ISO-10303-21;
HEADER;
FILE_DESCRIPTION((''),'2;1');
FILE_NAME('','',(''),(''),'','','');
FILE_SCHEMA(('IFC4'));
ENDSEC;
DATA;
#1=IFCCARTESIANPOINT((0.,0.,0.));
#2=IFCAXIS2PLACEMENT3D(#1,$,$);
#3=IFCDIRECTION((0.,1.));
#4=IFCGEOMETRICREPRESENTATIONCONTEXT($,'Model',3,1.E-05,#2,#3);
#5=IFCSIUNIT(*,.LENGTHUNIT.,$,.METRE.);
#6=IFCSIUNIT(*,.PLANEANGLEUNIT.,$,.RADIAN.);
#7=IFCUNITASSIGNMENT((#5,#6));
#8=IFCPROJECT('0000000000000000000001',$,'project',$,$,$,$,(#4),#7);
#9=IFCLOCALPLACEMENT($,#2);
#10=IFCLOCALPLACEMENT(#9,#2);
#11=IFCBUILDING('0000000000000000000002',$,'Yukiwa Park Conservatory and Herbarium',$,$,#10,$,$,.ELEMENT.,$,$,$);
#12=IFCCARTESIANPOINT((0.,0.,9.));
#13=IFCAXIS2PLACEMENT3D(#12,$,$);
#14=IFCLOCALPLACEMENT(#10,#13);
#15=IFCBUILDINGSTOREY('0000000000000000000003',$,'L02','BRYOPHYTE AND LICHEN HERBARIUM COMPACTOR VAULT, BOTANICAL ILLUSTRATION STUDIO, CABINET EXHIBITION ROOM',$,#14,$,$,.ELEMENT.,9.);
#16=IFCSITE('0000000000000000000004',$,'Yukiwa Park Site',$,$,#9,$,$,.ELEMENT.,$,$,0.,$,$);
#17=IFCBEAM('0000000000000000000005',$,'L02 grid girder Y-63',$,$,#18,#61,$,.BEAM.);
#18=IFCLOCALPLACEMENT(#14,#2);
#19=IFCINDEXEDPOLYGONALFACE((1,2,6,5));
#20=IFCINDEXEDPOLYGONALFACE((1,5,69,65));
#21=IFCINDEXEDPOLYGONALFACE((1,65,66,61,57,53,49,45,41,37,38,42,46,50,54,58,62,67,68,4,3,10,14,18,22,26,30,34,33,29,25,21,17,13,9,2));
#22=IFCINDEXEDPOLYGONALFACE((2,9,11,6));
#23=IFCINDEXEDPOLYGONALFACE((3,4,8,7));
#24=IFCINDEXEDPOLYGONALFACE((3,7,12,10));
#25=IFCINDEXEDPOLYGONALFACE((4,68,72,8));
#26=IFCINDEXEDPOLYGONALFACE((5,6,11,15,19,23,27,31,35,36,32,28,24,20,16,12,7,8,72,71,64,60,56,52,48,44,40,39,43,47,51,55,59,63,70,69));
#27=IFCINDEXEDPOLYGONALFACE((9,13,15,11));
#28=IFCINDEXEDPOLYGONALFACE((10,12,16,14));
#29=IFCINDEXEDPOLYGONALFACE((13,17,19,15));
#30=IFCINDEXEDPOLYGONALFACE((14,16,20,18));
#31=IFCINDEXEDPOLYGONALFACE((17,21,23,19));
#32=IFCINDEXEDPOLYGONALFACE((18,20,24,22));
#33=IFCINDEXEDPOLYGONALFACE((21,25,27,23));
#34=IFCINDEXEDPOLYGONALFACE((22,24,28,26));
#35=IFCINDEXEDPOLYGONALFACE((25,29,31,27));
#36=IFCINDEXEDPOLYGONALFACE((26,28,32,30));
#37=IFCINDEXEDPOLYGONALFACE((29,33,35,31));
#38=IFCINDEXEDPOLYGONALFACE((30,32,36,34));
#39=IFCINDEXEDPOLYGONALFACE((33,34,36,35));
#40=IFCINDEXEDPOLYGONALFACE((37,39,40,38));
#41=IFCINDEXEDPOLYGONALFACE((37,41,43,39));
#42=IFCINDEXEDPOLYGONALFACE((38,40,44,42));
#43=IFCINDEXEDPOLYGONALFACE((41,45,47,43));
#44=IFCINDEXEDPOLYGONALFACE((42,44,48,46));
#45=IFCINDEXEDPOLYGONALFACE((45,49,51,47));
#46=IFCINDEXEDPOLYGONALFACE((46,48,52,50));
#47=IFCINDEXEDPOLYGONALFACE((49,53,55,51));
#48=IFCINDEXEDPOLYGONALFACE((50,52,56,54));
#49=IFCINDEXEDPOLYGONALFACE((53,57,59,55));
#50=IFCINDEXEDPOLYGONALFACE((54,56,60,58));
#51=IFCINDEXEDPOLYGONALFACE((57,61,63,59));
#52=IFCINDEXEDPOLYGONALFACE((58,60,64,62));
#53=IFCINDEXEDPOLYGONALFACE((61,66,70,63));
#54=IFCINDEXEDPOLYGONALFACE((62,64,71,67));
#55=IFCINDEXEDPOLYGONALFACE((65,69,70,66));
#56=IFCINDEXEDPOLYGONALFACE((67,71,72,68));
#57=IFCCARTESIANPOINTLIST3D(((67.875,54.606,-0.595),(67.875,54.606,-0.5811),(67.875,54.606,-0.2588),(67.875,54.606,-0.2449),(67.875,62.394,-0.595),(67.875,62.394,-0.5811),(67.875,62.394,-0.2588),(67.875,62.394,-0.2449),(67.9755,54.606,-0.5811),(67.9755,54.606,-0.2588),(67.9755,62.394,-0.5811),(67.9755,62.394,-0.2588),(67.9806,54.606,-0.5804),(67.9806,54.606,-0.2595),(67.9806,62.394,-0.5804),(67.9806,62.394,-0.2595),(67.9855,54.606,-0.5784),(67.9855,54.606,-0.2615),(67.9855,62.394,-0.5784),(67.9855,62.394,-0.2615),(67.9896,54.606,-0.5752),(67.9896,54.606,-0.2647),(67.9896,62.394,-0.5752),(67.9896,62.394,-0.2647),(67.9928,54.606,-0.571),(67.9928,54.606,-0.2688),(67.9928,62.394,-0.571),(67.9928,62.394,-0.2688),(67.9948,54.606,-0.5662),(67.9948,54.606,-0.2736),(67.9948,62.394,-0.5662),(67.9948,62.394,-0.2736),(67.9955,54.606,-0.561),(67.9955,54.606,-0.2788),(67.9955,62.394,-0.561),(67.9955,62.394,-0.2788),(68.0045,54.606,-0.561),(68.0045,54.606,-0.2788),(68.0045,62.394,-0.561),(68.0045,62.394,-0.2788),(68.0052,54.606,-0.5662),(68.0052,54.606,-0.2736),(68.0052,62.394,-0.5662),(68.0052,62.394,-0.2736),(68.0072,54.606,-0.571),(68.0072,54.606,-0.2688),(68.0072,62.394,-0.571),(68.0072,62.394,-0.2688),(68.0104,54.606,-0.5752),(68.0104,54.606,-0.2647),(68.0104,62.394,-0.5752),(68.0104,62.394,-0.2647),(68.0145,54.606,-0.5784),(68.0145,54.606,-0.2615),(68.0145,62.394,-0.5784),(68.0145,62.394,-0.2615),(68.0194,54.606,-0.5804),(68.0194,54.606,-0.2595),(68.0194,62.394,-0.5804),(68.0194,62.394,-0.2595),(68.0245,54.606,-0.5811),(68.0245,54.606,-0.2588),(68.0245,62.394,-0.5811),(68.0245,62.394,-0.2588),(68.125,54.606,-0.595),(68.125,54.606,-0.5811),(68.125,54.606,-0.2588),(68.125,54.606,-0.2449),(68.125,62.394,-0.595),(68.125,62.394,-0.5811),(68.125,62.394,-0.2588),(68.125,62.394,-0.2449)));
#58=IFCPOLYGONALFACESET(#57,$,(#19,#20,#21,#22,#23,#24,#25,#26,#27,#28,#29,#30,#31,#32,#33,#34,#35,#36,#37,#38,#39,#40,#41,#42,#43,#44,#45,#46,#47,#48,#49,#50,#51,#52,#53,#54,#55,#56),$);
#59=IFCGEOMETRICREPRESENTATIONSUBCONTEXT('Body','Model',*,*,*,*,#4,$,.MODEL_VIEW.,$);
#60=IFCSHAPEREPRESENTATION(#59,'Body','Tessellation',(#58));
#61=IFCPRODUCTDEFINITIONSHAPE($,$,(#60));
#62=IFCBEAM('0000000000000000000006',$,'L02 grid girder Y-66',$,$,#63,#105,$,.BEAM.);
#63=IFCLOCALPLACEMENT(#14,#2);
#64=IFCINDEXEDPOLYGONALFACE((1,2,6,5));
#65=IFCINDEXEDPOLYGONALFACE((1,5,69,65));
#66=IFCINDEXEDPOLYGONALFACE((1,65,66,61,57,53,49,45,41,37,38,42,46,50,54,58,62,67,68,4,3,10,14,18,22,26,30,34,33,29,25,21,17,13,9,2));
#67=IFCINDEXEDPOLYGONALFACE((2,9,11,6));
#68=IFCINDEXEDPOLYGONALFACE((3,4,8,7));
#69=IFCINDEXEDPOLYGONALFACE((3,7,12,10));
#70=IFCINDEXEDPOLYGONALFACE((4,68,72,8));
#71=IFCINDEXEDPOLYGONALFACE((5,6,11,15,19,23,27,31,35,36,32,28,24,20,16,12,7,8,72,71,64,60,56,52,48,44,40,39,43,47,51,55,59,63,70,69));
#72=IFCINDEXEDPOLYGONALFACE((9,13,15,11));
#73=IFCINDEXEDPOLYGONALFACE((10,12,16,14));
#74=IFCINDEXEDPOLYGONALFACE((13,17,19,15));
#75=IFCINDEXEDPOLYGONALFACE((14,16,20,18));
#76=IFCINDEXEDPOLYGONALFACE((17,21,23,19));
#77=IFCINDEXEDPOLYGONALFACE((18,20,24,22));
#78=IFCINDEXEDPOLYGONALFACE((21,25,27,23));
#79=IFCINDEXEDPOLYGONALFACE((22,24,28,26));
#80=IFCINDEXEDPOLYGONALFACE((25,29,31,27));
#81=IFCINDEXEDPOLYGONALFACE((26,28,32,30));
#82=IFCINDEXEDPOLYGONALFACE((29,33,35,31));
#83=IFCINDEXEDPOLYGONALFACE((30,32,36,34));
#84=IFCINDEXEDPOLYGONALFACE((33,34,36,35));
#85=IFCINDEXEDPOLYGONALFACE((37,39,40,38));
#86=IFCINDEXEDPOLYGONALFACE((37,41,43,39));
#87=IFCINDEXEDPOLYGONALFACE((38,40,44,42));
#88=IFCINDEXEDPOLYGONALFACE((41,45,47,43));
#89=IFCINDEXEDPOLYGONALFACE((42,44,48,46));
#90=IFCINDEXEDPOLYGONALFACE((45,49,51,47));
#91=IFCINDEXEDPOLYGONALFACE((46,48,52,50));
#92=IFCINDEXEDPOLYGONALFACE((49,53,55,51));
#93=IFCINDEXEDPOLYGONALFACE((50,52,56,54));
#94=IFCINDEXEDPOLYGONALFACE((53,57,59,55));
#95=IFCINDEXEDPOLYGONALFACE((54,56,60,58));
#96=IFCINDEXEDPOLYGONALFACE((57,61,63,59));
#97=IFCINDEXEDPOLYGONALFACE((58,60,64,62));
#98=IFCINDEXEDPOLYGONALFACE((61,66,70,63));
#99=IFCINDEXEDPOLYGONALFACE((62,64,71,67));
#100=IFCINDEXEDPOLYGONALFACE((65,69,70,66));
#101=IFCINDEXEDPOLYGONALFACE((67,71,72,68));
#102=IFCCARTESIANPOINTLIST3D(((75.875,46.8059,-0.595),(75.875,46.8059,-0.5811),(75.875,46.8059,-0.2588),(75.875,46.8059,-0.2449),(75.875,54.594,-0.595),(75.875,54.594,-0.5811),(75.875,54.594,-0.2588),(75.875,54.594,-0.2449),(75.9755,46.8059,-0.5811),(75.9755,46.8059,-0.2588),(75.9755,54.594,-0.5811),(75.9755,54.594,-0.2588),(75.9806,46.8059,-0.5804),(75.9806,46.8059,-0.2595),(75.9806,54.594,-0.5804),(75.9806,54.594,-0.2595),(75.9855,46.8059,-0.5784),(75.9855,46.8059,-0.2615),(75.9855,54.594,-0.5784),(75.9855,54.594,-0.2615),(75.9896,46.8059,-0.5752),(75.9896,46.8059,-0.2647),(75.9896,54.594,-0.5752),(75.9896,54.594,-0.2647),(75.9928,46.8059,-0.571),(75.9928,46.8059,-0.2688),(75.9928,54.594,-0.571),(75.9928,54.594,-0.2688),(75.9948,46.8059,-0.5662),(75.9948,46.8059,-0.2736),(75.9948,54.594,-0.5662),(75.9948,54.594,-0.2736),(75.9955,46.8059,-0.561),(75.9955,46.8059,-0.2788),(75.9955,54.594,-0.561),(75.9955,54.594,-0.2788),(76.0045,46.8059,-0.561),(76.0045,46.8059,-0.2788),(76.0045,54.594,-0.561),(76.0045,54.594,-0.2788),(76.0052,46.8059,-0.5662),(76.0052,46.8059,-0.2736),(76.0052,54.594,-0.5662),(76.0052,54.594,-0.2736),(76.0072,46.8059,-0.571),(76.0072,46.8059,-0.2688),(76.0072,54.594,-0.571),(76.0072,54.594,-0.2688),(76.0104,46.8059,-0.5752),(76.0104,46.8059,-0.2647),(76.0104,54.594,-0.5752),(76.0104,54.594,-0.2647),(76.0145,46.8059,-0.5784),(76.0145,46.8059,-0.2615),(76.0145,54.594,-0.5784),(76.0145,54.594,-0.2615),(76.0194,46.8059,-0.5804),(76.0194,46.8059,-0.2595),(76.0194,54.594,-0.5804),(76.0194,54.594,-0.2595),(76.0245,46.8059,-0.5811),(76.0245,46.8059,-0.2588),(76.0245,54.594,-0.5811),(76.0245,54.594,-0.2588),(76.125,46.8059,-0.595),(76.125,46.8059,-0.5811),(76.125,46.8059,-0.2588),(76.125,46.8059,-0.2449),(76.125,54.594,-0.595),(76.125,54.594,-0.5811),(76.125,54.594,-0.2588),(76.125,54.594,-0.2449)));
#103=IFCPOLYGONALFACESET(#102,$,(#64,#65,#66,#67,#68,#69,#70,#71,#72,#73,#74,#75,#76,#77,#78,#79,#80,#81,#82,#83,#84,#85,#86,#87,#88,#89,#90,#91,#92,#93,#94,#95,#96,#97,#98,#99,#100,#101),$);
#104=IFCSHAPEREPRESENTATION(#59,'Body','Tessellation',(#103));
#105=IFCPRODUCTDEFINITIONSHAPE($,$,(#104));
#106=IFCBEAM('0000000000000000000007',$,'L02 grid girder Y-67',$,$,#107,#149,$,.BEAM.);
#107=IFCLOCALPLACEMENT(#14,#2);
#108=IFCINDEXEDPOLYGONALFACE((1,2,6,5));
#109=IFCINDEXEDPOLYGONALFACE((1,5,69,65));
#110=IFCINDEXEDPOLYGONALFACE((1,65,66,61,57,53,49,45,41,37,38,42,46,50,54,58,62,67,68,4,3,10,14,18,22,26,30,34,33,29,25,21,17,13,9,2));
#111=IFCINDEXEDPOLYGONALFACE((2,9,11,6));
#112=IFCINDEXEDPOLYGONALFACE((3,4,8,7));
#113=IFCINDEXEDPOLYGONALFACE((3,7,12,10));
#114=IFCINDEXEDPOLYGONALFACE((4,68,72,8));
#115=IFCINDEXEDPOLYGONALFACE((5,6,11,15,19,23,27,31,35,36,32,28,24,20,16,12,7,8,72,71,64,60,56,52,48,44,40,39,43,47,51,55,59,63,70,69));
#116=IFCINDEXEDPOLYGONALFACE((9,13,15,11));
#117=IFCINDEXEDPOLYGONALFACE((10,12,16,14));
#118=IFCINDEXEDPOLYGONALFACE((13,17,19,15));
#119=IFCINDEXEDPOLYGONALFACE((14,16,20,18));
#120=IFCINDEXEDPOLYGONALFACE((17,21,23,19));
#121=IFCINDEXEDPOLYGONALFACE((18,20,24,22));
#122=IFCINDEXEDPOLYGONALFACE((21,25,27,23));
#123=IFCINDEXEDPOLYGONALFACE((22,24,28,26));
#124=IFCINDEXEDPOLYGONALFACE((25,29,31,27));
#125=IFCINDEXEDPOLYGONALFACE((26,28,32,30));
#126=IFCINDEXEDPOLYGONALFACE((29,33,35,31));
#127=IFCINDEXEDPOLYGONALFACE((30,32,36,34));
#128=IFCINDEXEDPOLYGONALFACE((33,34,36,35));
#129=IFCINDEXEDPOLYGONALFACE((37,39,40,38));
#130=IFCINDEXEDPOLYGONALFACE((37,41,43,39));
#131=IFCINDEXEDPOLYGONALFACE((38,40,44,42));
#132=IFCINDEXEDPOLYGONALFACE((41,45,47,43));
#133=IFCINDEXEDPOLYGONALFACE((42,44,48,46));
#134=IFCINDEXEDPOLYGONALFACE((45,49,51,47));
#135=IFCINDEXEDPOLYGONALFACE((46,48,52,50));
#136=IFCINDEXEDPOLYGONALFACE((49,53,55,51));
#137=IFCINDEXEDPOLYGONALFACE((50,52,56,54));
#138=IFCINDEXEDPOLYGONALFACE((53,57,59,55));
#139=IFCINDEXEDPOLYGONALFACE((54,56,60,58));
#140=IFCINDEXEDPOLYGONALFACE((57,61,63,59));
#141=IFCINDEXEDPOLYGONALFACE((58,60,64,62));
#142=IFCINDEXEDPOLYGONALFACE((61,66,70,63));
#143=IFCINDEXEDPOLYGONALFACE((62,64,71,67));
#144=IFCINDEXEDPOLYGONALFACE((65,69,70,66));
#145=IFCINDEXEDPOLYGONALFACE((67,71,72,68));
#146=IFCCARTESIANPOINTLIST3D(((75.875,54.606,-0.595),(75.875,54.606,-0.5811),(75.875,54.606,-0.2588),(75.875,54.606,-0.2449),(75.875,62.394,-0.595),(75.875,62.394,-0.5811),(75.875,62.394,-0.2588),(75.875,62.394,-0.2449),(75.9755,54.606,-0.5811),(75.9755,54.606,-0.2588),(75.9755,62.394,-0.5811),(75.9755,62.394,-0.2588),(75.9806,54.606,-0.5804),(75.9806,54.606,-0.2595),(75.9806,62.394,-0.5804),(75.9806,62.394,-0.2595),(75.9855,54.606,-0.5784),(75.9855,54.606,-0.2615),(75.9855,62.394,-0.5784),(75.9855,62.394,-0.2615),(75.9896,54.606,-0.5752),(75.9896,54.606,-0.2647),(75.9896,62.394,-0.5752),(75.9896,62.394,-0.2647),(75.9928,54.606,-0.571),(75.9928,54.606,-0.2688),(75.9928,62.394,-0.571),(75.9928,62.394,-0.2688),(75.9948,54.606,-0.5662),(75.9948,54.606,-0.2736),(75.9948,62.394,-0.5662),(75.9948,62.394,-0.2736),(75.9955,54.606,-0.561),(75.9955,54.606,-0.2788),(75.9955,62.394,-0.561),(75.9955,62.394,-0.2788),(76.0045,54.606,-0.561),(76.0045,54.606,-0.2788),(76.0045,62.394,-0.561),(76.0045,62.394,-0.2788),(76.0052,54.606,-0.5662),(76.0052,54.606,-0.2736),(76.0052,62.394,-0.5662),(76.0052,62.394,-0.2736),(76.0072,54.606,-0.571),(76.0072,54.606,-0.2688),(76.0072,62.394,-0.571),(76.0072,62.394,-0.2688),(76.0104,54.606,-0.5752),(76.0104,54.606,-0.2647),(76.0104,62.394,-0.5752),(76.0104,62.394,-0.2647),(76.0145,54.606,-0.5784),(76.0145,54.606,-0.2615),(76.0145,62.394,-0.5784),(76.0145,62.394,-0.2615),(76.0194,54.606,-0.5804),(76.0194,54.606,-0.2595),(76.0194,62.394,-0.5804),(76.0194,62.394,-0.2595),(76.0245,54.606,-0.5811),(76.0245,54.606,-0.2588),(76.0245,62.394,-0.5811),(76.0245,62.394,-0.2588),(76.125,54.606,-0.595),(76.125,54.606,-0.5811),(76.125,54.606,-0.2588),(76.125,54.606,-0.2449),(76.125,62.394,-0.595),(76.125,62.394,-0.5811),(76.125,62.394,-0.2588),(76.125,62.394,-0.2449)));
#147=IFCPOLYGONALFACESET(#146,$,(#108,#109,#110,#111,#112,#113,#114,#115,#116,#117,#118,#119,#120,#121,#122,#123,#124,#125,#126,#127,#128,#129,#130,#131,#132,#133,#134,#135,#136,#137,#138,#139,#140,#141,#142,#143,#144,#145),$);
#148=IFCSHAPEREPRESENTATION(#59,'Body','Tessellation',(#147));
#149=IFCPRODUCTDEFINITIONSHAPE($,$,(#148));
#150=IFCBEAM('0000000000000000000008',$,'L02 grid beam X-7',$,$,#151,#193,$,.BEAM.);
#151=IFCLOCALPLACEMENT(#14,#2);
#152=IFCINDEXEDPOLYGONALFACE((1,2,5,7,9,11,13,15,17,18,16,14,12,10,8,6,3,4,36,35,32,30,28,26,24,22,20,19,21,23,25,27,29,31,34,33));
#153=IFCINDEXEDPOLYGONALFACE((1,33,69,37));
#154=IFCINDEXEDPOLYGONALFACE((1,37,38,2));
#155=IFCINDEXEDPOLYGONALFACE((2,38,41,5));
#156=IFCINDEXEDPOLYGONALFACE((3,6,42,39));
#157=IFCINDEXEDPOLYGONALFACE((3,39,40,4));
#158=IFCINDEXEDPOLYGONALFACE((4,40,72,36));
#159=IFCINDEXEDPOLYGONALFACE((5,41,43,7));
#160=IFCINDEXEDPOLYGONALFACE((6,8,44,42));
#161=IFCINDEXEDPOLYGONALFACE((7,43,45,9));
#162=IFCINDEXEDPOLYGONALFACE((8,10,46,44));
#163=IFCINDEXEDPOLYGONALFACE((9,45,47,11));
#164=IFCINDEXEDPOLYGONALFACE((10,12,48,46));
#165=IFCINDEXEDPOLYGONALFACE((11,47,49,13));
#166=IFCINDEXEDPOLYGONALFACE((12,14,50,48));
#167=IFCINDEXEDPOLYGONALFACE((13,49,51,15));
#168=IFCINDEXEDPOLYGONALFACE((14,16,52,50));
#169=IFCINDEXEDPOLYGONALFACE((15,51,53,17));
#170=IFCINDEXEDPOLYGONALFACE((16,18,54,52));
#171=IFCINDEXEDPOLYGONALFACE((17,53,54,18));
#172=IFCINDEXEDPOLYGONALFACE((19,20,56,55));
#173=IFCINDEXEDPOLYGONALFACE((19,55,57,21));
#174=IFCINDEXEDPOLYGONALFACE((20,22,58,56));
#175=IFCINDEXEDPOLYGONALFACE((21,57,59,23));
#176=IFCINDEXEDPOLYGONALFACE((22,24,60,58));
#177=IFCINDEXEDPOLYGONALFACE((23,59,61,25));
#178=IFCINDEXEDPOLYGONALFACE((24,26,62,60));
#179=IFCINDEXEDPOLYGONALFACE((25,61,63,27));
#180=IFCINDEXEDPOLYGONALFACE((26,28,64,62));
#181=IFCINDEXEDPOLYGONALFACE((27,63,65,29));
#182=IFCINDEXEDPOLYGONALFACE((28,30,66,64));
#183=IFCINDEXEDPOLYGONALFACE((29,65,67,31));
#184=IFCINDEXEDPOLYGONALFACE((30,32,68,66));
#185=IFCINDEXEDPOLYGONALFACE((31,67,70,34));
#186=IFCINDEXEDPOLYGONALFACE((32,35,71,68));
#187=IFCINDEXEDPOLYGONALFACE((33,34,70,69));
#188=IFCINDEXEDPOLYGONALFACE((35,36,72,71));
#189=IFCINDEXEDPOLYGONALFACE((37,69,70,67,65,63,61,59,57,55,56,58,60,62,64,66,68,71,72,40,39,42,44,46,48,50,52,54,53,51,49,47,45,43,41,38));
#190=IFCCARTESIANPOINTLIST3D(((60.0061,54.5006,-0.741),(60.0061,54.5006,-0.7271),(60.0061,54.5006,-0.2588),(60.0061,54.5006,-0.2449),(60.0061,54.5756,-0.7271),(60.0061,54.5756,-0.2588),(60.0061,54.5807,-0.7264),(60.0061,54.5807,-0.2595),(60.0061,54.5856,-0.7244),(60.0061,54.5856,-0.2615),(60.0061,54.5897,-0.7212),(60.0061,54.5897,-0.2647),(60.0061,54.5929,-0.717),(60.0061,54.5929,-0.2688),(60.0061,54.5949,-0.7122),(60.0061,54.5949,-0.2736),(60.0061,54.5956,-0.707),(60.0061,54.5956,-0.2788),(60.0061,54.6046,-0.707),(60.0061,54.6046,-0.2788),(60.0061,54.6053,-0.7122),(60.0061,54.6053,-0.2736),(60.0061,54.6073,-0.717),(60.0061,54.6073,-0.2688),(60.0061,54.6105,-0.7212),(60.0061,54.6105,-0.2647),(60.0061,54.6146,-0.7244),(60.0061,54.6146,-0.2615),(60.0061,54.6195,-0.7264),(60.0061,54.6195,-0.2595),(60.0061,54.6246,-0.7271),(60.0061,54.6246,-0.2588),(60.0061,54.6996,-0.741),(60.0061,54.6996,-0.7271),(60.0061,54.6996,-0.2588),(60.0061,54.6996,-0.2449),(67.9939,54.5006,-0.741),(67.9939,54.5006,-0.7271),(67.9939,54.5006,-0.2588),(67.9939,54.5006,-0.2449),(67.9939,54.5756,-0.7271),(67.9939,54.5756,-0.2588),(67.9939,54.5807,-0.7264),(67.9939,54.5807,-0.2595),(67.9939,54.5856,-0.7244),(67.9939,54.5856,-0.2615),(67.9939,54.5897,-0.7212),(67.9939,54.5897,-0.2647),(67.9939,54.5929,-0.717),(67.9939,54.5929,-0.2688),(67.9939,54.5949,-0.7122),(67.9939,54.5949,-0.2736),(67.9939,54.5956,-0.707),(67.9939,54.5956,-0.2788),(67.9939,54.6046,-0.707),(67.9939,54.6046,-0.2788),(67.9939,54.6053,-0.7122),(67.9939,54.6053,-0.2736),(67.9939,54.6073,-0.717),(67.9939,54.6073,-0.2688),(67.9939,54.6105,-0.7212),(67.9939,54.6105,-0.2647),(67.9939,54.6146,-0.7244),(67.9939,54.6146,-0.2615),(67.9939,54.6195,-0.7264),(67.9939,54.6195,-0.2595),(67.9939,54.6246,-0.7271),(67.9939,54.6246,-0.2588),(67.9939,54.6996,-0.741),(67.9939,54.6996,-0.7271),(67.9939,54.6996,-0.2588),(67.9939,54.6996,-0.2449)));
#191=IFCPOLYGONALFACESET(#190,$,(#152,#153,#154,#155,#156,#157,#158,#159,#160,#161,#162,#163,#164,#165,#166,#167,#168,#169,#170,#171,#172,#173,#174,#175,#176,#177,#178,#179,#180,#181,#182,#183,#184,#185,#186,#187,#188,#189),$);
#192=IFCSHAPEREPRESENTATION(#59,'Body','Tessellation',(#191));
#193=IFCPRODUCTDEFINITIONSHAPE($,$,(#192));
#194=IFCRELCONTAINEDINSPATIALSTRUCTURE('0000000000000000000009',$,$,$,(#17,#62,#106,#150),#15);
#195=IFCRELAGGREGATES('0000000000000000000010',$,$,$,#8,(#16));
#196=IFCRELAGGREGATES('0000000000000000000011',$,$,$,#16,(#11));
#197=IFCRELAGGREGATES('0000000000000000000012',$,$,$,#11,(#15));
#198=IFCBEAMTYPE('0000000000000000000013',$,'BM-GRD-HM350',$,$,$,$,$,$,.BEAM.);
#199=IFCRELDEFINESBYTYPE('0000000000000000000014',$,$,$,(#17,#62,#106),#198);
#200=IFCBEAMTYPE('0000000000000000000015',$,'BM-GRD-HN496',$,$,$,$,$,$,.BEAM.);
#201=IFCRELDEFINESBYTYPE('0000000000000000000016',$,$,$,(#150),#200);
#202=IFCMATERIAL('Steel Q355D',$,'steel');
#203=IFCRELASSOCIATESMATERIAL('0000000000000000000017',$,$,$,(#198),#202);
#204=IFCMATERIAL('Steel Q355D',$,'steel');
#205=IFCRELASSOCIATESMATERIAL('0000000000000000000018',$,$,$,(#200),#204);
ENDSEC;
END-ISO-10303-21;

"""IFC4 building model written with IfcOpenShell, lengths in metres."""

from ifc_helpers import new_model, si_unit, direction, frame, origin, origin_2d, place, context, subcontext, project, spatial, i_section, extrude, material, material_profile, profile_set, type_object, element, save


model = new_model("IFC4")

# Units and contexts
model_context = context("Model", 3, precision=1e-05, world=origin(), true_north=direction((0.0, 1.0)))
body_context = subcontext(model_context, "Body", "Model", "MODEL_VIEW")
ifc_project = project(units=[si_unit("LENGTHUNIT", "METRE"), si_unit("PLANEANGLEUNIT", "RADIAN")], contexts=[model_context])

# Site, building, storey
site_placement = place(None, origin())
site = spatial("IfcSite", under=ifc_project, at=site_placement, Name="Yukiwa Park Site", CompositionType="ELEMENT", RefElevation=0.0)
building_placement = place(site_placement, origin())
building = spatial("IfcBuilding", under=site, at=building_placement, Name="Yukiwa Park Conservatory and Herbarium", CompositionType="ELEMENT")
storey_placement = place(building_placement, frame((0.0, 0.0, 9.0)))
storey = spatial("IfcBuildingStorey", under=building, at=storey_placement, Name="L02", Description="BRYOPHYTE AND LICHEN HERBARIUM COMPACTOR VAULT, BOTANICAL ILLUSTRATION STUDIO, CABINET EXHIBITION ROOM", CompositionType="ELEMENT", Elevation=9.0)

# Beams
ifc_material_1 = material(Name="Steel Q355D", Category="steel")
ifc_material_profile_1 = material_profile(ifc_material_1, i_section(OverallWidth=0.25, OverallDepth=0.3501, WebThickness=0.009, FlangeThickness=0.0139, FilletRadius=0.02, at=origin_2d()), Name="HM 350x250x9x14")
ifc_profile_set_1 = profile_set([ifc_material_profile_1], Name="Steel Q355D")
beam_type_1 = type_object("IfcBeamType", Name="BM-GRD-HM350", PredefinedType="BEAM", material=ifc_profile_set_1)
for number, where, z_axis, x_axis, name in (
    (1, (68.0, 54.606, -0.4199), (0.0, 1.0, 0.0), (-1.0, 0.0, 0.0), "L02 grid girder Y-63"),
    (2, (76.0, 46.8059, -0.4199), (0.0, 1.0, 0.0), (-1.0, 0.0, 0.0), "L02 grid girder Y-66"),
    (3, (76.0, 54.606, -0.4199), (0.0, 1.0, 0.0), (-1.0, 0.0, 0.0), "L02 grid girder Y-67"),
):
    element("IfcBeam", number, at=place(storey_placement, frame(where, z_axis=z_axis, x_axis=x_axis)), inside=storey, type_object=beam_type_1, Name=name, PredefinedType="BEAM", context=body_context, shape_type="SweptSolid", body=[
        extrude(i_section(OverallWidth=0.25, OverallDepth=0.3501, WebThickness=0.009, FlangeThickness=0.0139, FilletRadius=0.02, at=origin_2d()), origin(), (0.0, 0.0, 1.0), 7.7881),
    ])
ifc_material_2 = material(Name="Steel Q355D", Category="steel")
ifc_material_profile_2 = material_profile(ifc_material_2, i_section(OverallWidth=0.199, OverallDepth=0.4961, WebThickness=0.009, FlangeThickness=0.0139, FilletRadius=0.02, at=origin_2d()), Name="HN 496x199x9x14")
ifc_profile_set_2 = profile_set([ifc_material_profile_2], Name="Steel Q355D")
beam_type_2 = type_object("IfcBeamType", Name="BM-GRD-HN496", PredefinedType="BEAM", material=ifc_profile_set_2)
for number, where, z_axis, x_axis, name in (
    (4, (60.0061, 54.6001, -0.4929), (1.0, 0.0, 0.0), (0.0, 1.0, 0.0), "L02 grid beam X-7"),
):
    element("IfcBeam", number, at=place(storey_placement, frame(where, z_axis=z_axis, x_axis=x_axis)), inside=storey, type_object=beam_type_2, Name=name, PredefinedType="BEAM", context=body_context, shape_type="SweptSolid", body=[
        extrude(i_section(OverallWidth=0.199, OverallDepth=0.4961, WebThickness=0.009, FlangeThickness=0.0139, FilletRadius=0.02, at=origin_2d()), origin(), (0.0, 0.0, 1.0), 7.9878),
    ])

save(model, "model.ifc")
